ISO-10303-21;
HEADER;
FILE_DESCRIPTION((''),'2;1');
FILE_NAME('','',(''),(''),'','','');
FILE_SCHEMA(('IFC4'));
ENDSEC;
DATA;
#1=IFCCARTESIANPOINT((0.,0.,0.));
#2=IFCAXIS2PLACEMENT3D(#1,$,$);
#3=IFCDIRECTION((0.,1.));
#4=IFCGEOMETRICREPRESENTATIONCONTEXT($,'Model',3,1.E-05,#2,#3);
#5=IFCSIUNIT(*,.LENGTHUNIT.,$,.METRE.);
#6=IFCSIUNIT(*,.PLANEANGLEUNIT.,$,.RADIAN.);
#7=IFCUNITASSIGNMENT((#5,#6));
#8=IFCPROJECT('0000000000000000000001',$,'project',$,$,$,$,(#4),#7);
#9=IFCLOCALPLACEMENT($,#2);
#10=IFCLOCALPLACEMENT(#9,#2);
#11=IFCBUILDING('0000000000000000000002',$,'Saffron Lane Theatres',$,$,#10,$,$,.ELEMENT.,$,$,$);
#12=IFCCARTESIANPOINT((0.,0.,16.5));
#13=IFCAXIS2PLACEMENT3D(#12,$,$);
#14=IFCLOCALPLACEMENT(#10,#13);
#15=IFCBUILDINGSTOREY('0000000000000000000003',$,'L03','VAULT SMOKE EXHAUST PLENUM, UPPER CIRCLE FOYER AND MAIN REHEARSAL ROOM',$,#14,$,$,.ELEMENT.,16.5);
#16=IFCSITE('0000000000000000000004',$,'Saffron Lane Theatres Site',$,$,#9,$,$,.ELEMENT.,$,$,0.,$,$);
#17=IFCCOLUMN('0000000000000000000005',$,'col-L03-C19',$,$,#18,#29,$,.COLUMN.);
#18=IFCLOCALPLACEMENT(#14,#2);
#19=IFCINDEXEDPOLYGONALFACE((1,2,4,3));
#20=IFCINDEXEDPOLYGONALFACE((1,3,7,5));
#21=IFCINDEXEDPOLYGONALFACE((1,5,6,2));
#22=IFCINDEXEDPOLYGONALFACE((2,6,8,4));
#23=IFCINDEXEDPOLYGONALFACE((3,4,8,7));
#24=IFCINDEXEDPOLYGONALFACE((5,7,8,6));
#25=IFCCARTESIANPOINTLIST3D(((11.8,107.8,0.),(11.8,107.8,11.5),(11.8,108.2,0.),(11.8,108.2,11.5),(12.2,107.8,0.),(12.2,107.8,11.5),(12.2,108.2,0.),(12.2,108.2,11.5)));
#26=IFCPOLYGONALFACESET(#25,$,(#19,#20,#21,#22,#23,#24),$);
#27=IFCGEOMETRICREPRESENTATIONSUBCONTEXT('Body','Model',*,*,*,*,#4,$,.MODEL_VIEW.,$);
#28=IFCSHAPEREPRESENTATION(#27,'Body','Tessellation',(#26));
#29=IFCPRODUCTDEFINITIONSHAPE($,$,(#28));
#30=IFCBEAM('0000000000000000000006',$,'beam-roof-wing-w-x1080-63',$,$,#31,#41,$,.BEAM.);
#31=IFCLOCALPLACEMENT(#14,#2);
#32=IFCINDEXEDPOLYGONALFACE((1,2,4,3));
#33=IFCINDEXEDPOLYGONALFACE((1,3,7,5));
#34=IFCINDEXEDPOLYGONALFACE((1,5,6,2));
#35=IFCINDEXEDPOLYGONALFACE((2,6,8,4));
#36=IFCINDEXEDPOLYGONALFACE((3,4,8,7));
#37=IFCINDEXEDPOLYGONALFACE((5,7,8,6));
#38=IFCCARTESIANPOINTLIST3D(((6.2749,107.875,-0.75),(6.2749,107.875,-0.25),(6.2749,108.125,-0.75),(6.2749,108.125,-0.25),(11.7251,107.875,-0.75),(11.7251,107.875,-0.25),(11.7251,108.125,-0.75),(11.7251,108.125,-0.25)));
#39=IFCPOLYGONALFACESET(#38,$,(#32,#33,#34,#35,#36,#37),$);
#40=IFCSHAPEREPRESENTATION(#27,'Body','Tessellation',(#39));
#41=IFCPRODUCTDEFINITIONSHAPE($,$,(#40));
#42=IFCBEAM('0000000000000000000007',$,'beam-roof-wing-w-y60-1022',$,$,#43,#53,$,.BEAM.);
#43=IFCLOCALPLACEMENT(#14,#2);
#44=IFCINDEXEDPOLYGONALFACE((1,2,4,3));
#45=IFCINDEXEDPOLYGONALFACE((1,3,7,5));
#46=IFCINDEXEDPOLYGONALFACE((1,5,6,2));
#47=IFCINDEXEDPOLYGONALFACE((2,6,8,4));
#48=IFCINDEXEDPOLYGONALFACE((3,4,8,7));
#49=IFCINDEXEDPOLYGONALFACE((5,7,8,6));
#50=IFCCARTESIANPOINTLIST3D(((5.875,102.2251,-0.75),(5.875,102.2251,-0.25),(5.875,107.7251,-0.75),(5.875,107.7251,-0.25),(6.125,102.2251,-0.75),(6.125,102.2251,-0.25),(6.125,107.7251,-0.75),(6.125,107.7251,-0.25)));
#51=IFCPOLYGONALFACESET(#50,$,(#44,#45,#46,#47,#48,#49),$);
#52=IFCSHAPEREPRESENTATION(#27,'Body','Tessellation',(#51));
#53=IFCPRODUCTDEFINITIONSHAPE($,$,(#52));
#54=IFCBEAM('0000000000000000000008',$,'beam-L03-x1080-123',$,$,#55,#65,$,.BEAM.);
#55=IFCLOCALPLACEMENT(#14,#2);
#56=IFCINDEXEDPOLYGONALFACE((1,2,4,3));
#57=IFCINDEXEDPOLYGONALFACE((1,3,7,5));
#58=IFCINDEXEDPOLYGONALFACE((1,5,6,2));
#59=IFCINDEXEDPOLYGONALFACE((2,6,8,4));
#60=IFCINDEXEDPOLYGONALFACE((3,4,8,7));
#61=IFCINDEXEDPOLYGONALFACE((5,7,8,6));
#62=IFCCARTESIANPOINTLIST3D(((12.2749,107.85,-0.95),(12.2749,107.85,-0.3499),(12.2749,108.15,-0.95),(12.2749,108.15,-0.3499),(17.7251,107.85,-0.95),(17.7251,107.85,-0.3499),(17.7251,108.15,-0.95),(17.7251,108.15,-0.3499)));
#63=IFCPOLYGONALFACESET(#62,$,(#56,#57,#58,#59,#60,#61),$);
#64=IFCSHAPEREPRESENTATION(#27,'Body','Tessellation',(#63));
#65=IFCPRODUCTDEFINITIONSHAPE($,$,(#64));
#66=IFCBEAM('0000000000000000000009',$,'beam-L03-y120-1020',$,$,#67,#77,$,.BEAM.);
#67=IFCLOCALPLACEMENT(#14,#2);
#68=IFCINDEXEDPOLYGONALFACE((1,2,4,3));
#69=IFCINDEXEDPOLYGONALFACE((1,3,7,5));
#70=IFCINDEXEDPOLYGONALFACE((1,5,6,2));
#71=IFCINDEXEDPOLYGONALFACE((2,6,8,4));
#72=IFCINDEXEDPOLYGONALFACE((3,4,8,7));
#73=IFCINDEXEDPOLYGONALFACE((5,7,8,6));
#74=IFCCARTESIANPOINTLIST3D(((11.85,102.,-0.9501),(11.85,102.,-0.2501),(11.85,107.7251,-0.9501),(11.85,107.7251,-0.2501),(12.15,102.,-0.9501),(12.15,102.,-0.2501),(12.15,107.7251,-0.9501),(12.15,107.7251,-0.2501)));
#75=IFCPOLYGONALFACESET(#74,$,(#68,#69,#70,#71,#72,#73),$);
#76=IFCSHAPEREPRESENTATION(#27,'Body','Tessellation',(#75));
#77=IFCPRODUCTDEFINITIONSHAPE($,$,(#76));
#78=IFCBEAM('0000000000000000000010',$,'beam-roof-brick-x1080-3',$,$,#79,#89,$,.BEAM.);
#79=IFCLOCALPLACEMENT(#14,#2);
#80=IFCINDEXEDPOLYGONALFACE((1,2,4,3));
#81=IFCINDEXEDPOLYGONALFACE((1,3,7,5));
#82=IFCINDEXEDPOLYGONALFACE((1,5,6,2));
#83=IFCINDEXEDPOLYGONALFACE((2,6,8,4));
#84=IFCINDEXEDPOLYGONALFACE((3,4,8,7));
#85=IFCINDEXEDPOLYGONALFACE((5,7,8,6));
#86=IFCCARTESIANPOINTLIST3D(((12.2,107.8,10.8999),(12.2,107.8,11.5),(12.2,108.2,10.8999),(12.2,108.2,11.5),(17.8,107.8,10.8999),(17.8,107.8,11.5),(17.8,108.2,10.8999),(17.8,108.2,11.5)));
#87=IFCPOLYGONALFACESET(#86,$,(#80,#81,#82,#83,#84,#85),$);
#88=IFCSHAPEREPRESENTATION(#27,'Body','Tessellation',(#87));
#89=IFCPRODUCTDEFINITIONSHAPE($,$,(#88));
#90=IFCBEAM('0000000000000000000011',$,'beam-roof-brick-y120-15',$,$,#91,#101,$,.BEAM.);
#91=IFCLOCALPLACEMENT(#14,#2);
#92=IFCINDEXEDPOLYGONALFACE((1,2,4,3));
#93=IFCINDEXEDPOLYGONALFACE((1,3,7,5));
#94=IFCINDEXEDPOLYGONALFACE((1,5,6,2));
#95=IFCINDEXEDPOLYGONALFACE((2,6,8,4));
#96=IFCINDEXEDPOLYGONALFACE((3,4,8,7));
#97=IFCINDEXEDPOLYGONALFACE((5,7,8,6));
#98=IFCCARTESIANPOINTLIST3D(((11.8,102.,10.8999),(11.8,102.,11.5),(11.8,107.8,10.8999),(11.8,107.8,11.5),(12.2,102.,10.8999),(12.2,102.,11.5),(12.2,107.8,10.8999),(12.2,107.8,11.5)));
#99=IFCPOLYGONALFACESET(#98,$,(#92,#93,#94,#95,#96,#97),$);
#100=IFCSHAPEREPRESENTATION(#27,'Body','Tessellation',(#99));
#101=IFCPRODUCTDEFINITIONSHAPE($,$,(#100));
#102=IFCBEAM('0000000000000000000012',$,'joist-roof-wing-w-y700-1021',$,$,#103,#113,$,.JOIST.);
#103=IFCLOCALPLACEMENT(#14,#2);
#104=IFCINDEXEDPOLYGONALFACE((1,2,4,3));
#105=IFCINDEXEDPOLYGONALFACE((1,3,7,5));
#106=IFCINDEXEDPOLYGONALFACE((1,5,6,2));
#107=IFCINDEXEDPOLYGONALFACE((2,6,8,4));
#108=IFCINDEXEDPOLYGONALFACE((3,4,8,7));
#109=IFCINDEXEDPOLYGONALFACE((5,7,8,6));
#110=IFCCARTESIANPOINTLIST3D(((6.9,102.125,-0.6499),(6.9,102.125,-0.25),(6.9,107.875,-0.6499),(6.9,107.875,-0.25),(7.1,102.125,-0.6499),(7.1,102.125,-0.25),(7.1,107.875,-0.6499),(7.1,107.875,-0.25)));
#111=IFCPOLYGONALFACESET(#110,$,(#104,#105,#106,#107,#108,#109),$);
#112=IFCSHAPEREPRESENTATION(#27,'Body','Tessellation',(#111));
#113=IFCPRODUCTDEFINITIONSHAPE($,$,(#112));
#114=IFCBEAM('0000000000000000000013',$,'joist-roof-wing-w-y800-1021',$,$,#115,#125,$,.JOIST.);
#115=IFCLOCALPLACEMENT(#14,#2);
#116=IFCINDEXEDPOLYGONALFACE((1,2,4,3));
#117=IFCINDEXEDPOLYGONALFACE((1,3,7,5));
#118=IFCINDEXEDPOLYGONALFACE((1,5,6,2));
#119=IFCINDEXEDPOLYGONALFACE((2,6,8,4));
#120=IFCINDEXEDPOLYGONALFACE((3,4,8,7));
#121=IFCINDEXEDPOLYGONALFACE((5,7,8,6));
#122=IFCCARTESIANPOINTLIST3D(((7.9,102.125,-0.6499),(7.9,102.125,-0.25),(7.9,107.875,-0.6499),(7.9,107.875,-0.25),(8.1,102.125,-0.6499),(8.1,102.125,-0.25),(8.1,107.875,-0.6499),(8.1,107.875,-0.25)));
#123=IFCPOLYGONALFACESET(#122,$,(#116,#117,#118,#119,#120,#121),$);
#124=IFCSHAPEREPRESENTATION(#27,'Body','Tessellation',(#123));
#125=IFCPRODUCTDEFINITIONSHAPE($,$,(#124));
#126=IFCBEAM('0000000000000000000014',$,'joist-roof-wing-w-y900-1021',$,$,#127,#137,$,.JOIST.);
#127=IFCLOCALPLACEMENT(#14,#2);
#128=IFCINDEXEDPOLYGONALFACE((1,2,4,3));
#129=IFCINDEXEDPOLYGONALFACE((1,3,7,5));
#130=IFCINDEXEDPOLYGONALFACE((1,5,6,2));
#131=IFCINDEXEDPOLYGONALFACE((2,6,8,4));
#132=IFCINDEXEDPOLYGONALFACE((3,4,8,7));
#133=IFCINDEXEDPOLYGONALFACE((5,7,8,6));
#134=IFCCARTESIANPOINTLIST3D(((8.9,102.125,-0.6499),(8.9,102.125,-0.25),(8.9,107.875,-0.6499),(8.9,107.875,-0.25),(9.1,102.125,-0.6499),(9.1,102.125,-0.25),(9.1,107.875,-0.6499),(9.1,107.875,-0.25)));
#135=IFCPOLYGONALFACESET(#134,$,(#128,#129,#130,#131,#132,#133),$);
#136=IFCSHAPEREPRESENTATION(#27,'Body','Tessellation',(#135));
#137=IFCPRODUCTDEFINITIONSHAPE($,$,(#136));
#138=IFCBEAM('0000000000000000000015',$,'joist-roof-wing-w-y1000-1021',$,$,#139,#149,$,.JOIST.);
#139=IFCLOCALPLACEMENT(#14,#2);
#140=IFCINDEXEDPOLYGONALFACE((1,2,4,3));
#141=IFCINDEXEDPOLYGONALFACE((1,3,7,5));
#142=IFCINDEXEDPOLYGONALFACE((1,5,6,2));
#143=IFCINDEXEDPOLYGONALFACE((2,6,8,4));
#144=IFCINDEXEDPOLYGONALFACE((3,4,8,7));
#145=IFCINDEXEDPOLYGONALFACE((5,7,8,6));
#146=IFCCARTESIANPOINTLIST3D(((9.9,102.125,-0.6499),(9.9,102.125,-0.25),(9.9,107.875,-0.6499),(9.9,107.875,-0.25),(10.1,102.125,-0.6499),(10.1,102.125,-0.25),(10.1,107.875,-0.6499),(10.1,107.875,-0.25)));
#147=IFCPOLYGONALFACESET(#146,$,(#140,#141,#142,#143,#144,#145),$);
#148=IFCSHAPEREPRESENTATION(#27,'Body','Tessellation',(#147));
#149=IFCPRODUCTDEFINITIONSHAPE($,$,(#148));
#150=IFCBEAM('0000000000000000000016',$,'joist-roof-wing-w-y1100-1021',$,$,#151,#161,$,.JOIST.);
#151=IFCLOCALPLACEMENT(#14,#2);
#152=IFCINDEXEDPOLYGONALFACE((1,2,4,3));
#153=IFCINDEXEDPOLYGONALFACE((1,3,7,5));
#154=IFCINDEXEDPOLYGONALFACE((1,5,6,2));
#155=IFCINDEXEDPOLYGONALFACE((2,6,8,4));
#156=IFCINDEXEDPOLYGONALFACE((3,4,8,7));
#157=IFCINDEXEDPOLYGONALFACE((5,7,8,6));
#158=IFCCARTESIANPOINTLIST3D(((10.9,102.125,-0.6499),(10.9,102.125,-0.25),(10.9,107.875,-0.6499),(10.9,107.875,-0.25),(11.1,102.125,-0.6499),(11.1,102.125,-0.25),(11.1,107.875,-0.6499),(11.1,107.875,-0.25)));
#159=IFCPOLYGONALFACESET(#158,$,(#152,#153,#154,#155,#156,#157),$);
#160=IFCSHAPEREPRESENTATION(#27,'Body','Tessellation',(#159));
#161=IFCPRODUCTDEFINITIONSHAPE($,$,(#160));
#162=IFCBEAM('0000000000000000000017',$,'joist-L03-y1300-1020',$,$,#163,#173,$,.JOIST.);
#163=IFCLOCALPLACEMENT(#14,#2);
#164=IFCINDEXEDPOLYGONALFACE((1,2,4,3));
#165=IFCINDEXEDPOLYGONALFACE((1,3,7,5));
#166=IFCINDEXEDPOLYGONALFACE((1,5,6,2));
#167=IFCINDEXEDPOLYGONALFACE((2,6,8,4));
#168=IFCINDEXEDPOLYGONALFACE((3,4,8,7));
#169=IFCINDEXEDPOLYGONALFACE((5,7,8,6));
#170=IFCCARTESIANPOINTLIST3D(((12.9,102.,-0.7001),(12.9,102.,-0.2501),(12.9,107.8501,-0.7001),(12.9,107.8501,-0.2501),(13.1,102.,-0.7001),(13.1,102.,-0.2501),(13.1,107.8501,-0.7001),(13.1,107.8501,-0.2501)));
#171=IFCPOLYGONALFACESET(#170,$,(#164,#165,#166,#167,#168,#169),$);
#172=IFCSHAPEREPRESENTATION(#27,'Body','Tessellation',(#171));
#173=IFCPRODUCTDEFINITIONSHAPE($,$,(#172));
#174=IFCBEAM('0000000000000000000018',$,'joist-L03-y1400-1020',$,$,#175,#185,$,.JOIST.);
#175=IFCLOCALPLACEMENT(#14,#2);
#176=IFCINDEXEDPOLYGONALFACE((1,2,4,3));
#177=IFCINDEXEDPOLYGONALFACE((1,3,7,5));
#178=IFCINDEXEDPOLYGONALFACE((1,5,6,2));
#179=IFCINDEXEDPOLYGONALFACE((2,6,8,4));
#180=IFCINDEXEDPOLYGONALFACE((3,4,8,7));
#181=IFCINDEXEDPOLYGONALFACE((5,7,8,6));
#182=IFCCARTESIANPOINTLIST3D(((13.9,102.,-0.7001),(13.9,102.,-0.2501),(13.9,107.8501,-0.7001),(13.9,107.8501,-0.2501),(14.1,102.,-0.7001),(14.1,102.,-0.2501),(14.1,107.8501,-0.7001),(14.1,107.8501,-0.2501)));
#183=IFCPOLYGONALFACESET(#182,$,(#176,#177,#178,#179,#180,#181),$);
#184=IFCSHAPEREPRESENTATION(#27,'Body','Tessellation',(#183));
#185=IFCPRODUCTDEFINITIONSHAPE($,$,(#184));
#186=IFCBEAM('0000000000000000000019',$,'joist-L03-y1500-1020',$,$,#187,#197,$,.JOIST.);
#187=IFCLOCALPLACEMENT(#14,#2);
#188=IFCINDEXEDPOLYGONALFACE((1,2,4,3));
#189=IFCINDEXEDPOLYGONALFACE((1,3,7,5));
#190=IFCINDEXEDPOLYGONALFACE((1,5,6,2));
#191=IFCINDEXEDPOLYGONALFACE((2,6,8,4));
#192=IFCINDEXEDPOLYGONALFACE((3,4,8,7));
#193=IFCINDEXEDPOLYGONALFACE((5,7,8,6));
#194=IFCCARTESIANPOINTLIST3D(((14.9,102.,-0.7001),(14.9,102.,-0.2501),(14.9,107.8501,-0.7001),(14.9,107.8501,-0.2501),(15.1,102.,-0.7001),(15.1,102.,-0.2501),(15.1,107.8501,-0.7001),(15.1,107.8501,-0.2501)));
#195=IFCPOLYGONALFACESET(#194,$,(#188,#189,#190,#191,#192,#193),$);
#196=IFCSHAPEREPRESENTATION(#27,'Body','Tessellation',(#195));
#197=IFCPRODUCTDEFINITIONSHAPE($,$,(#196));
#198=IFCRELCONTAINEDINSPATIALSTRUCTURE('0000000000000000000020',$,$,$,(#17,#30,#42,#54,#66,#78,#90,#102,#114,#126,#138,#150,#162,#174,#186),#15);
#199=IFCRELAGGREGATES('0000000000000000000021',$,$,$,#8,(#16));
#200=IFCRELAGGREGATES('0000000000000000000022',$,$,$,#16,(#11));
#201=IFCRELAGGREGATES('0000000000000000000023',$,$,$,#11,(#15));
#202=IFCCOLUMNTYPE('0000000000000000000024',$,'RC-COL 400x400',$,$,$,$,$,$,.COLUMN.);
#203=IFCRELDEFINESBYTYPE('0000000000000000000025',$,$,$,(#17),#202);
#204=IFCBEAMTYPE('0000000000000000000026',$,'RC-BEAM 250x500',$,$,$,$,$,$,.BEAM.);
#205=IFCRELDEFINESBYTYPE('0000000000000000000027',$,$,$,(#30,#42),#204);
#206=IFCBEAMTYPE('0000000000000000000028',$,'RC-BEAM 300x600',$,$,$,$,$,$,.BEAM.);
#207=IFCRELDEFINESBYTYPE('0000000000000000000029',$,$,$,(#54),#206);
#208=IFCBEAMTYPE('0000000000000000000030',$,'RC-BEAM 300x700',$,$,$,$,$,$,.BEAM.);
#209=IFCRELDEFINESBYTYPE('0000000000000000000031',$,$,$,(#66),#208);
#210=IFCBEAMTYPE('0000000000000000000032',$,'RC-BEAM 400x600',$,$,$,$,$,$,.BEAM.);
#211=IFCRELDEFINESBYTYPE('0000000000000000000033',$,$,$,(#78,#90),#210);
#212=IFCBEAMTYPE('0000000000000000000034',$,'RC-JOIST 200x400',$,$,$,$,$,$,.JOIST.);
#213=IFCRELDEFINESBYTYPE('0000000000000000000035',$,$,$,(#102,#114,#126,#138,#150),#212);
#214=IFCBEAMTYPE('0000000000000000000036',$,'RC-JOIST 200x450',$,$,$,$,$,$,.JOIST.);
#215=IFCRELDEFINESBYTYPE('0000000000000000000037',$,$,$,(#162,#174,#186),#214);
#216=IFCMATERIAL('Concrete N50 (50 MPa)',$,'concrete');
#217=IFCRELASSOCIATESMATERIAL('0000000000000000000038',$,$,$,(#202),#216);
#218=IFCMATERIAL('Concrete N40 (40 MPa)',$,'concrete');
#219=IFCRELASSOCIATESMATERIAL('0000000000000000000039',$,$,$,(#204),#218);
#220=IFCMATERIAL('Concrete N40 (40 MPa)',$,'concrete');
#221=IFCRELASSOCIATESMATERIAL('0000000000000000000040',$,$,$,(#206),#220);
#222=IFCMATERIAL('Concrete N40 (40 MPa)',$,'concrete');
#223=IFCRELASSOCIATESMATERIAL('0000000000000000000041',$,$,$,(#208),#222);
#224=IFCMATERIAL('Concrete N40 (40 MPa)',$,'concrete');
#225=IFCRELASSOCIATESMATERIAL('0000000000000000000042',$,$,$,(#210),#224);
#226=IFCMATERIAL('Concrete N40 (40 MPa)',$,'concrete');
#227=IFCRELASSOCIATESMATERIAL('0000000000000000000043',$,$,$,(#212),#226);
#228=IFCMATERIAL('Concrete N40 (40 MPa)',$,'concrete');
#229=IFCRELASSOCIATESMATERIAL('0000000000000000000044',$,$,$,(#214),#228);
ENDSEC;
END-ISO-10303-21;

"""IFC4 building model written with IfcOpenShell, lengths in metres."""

from ifc_helpers import new_model, si_unit, direction, frame, origin, origin_2d, place, context, subcontext, project, spatial, rectangle, extrude, material, material_profile, profile_set, type_object, element, save


model = new_model("IFC4")

# Units and contexts
model_context = context("Model", 3, precision=1e-05, world=origin(), true_north=direction((0.0, 1.0)))
body_context = subcontext(model_context, "Body", "Model", "MODEL_VIEW")
ifc_project = project(units=[si_unit("LENGTHUNIT", "METRE"), si_unit("PLANEANGLEUNIT", "RADIAN")], contexts=[model_context])

# Site, building, storey
site_placement = place(None, origin())
site = spatial("IfcSite", under=ifc_project, at=site_placement, Name="Saffron Lane Theatres Site", CompositionType="ELEMENT", RefElevation=0.0)
building_placement = place(site_placement, origin())
building = spatial("IfcBuilding", under=site, at=building_placement, Name="Saffron Lane Theatres", CompositionType="ELEMENT")
storey_placement = place(building_placement, frame((0.0, 0.0, 16.5)))
storey = spatial("IfcBuildingStorey", under=building, at=storey_placement, Name="L03", Description="VAULT SMOKE EXHAUST PLENUM, UPPER CIRCLE FOYER AND MAIN REHEARSAL ROOM", CompositionType="ELEMENT", Elevation=16.5)

# Column
ifc_material_1 = material(Name="Concrete N50 (50 MPa)", Category="concrete")
ifc_material_profile_1 = material_profile(ifc_material_1, rectangle(XDim=0.3999, YDim=0.3999, at=origin_2d()))
ifc_profile_set_1 = profile_set([ifc_material_profile_1], Name="Concrete N50 (50 MPa)")
column_type = type_object("IfcColumnType", Name="RC-COL 400x400", PredefinedType="COLUMN", material=ifc_profile_set_1)
column_placement = place(storey_placement, frame((12.0, 108.0, 0.0), z_axis=(0.0, 0.0, 1.0), x_axis=(1.0, 0.0, 0.0)))
element("IfcColumn", 1, at=column_placement, inside=storey, type_object=column_type, Name="col-L03-C19", PredefinedType="COLUMN", context=body_context, shape_type="SweptSolid", body=[
    extrude(rectangle(XDim=0.3999, YDim=0.3999, at=origin_2d()), origin(), (0.0, 0.0, 1.0), 11.5),
])

# Beams
ifc_material_2 = material(Name="Concrete N40 (40 MPa)", Category="concrete")
ifc_material_profile_2 = material_profile(ifc_material_2, rectangle(XDim=0.25, YDim=0.5, at=origin_2d()))
ifc_profile_set_2 = profile_set([ifc_material_profile_2], Name="Concrete N40 (40 MPa)")
beam_type_1 = type_object("IfcBeamType", Name="RC-BEAM 250x500", PredefinedType="BEAM", material=ifc_profile_set_2)
beam_1_placement = place(storey_placement, frame((6.2749, 108.0, -0.5), z_axis=(1.0, 0.0, 0.0), x_axis=(0.0, 1.0, 0.0)))
element("IfcBeam", 2, at=beam_1_placement, inside=storey, type_object=beam_type_1, Name="beam-roof-wing-w-x1080-63", PredefinedType="BEAM", context=body_context, shape_type="SweptSolid", body=[
    extrude(rectangle(XDim=0.25, YDim=0.5, at=origin_2d()), origin(), (0.0, 0.0, 1.0), 5.4502),
])
beam_2_placement = place(storey_placement, frame((6.0, 102.2251, -0.5), z_axis=(0.0, 1.0, 0.0), x_axis=(-1.0, 0.0, 0.0)))
element("IfcBeam", 3, at=beam_2_placement, inside=storey, type_object=beam_type_1, Name="beam-roof-wing-w-y60-1022", PredefinedType="BEAM", context=body_context, shape_type="SweptSolid", body=[
    extrude(rectangle(XDim=0.25, YDim=0.5, at=origin_2d()), origin(), (0.0, 0.0, 1.0), 5.5),
])
ifc_material_3 = material(Name="Concrete N40 (40 MPa)", Category="concrete")
ifc_material_profile_3 = material_profile(ifc_material_3, rectangle(XDim=0.3, YDim=0.6001, at=origin_2d()))
ifc_profile_set_3 = profile_set([ifc_material_profile_3], Name="Concrete N40 (40 MPa)")
beam_type_2 = type_object("IfcBeamType", Name="RC-BEAM 300x600", PredefinedType="BEAM", material=ifc_profile_set_3)
beam_3_placement = place(storey_placement, frame((12.2749, 108.0, -0.6499), z_axis=(1.0, 0.0, 0.0), x_axis=(0.0, 1.0, 0.0)))
element("IfcBeam", 4, at=beam_3_placement, inside=storey, type_object=beam_type_2, Name="beam-L03-x1080-123", PredefinedType="BEAM", context=body_context, shape_type="SweptSolid", body=[
    extrude(rectangle(XDim=0.3, YDim=0.6001, at=origin_2d()), origin(), (0.0, 0.0, 1.0), 5.4502),
])
ifc_material_4 = material(Name="Concrete N40 (40 MPa)", Category="concrete")
ifc_material_profile_4 = material_profile(ifc_material_4, rectangle(XDim=0.3, YDim=0.7, at=origin_2d()))
ifc_profile_set_4 = profile_set([ifc_material_profile_4], Name="Concrete N40 (40 MPa)")
beam_type_3 = type_object("IfcBeamType", Name="RC-BEAM 300x700", PredefinedType="BEAM", material=ifc_profile_set_4)
beam_4_placement = place(storey_placement, frame((12.0, 102.0, -0.6001), z_axis=(0.0, 1.0, 0.0), x_axis=(-1.0, 0.0, 0.0)))
element("IfcBeam", 5, at=beam_4_placement, inside=storey, type_object=beam_type_3, Name="beam-L03-y120-1020", PredefinedType="BEAM", context=body_context, shape_type="SweptSolid", body=[
    extrude(rectangle(XDim=0.3, YDim=0.7, at=origin_2d()), origin(), (0.0, 0.0, 1.0), 5.7251),
])
ifc_material_5 = material(Name="Concrete N40 (40 MPa)", Category="concrete")
ifc_material_profile_5 = material_profile(ifc_material_5, rectangle(XDim=0.3999, YDim=0.6001, at=origin_2d()))
ifc_profile_set_5 = profile_set([ifc_material_profile_5], Name="Concrete N40 (40 MPa)")
beam_type_4 = type_object("IfcBeamType", Name="RC-BEAM 400x600", PredefinedType="BEAM", material=ifc_profile_set_5)
beam_5_placement = place(storey_placement, frame((12.2, 108.0, 11.2), z_axis=(1.0, 0.0, 0.0), x_axis=(0.0, 1.0, 0.0)))
element("IfcBeam", 6, at=beam_5_placement, inside=storey, type_object=beam_type_4, Name="beam-roof-brick-x1080-3", PredefinedType="BEAM", context=body_context, shape_type="SweptSolid", body=[
    extrude(rectangle(XDim=0.3999, YDim=0.6001, at=origin_2d()), origin(), (0.0, 0.0, 1.0), 5.6001),
])
beam_6_placement = place(storey_placement, frame((12.0, 102.0, 11.2), z_axis=(0.0, 1.0, 0.0), x_axis=(-1.0, 0.0, 0.0)))
element("IfcBeam", 7, at=beam_6_placement, inside=storey, type_object=beam_type_4, Name="beam-roof-brick-y120-15", PredefinedType="BEAM", context=body_context, shape_type="SweptSolid", body=[
    extrude(rectangle(XDim=0.3999, YDim=0.6001, at=origin_2d()), origin(), (0.0, 0.0, 1.0), 5.8),
])
ifc_material_6 = material(Name="Concrete N40 (40 MPa)", Category="concrete")
ifc_material_profile_6 = material_profile(ifc_material_6, rectangle(XDim=0.2, YDim=0.3999, at=origin_2d()))
ifc_profile_set_6 = profile_set([ifc_material_profile_6], Name="Concrete N40 (40 MPa)")
beam_type_5 = type_object("IfcBeamType", Name="RC-JOIST 200x400", PredefinedType="JOIST", material=ifc_profile_set_6)
for number, where, z_axis, x_axis, name in (
    (8, (7.0, 102.125, -0.45), (0.0, 1.0, 0.0), (-1.0, 0.0, 0.0), "joist-roof-wing-w-y700-1021"),
    (9, (8.0, 102.125, -0.45), (0.0, 1.0, 0.0), (-1.0, 0.0, 0.0), "joist-roof-wing-w-y800-1021"),
    (10, (9.0, 102.125, -0.45), (0.0, 1.0, 0.0), (-1.0, 0.0, 0.0), "joist-roof-wing-w-y900-1021"),
    (11, (10.0, 102.125, -0.45), (0.0, 1.0, 0.0), (-1.0, 0.0, 0.0), "joist-roof-wing-w-y1000-1021"),
    (12, (11.0, 102.125, -0.45), (0.0, 1.0, 0.0), (-1.0, 0.0, 0.0), "joist-roof-wing-w-y1100-1021"),
):
    element("IfcBeam", number, at=place(storey_placement, frame(where, z_axis=z_axis, x_axis=x_axis)), inside=storey, type_object=beam_type_5, Name=name, PredefinedType="JOIST", context=body_context, shape_type="SweptSolid", body=[
        extrude(rectangle(XDim=0.2, YDim=0.3999, at=origin_2d()), origin(), (0.0, 0.0, 1.0), 5.75),
    ])
ifc_material_7 = material(Name="Concrete N40 (40 MPa)", Category="concrete")
ifc_material_profile_7 = material_profile(ifc_material_7, rectangle(XDim=0.2, YDim=0.45, at=origin_2d()))
ifc_profile_set_7 = profile_set([ifc_material_profile_7], Name="Concrete N40 (40 MPa)")
beam_type_6 = type_object("IfcBeamType", Name="RC-JOIST 200x450", PredefinedType="JOIST", material=ifc_profile_set_7)
for number, where, z_axis, x_axis, name in (
    (13, (13.0, 102.0, -0.4751), (0.0, 1.0, 0.0), (-1.0, 0.0, 0.0), "joist-L03-y1300-1020"),
    (14, (14.0, 102.0, -0.4751), (0.0, 1.0, 0.0), (-1.0, 0.0, 0.0), "joist-L03-y1400-1020"),
    (15, (15.0, 102.0, -0.4751), (0.0, 1.0, 0.0), (-1.0, 0.0, 0.0), "joist-L03-y1500-1020"),
):
    element("IfcBeam", number, at=place(storey_placement, frame(where, z_axis=z_axis, x_axis=x_axis)), inside=storey, type_object=beam_type_6, Name=name, PredefinedType="JOIST", context=body_context, shape_type="SweptSolid", body=[
        extrude(rectangle(XDim=0.2, YDim=0.45, at=origin_2d()), origin(), (0.0, 0.0, 1.0), 5.8501),
    ])

save(model, "model.ifc")
